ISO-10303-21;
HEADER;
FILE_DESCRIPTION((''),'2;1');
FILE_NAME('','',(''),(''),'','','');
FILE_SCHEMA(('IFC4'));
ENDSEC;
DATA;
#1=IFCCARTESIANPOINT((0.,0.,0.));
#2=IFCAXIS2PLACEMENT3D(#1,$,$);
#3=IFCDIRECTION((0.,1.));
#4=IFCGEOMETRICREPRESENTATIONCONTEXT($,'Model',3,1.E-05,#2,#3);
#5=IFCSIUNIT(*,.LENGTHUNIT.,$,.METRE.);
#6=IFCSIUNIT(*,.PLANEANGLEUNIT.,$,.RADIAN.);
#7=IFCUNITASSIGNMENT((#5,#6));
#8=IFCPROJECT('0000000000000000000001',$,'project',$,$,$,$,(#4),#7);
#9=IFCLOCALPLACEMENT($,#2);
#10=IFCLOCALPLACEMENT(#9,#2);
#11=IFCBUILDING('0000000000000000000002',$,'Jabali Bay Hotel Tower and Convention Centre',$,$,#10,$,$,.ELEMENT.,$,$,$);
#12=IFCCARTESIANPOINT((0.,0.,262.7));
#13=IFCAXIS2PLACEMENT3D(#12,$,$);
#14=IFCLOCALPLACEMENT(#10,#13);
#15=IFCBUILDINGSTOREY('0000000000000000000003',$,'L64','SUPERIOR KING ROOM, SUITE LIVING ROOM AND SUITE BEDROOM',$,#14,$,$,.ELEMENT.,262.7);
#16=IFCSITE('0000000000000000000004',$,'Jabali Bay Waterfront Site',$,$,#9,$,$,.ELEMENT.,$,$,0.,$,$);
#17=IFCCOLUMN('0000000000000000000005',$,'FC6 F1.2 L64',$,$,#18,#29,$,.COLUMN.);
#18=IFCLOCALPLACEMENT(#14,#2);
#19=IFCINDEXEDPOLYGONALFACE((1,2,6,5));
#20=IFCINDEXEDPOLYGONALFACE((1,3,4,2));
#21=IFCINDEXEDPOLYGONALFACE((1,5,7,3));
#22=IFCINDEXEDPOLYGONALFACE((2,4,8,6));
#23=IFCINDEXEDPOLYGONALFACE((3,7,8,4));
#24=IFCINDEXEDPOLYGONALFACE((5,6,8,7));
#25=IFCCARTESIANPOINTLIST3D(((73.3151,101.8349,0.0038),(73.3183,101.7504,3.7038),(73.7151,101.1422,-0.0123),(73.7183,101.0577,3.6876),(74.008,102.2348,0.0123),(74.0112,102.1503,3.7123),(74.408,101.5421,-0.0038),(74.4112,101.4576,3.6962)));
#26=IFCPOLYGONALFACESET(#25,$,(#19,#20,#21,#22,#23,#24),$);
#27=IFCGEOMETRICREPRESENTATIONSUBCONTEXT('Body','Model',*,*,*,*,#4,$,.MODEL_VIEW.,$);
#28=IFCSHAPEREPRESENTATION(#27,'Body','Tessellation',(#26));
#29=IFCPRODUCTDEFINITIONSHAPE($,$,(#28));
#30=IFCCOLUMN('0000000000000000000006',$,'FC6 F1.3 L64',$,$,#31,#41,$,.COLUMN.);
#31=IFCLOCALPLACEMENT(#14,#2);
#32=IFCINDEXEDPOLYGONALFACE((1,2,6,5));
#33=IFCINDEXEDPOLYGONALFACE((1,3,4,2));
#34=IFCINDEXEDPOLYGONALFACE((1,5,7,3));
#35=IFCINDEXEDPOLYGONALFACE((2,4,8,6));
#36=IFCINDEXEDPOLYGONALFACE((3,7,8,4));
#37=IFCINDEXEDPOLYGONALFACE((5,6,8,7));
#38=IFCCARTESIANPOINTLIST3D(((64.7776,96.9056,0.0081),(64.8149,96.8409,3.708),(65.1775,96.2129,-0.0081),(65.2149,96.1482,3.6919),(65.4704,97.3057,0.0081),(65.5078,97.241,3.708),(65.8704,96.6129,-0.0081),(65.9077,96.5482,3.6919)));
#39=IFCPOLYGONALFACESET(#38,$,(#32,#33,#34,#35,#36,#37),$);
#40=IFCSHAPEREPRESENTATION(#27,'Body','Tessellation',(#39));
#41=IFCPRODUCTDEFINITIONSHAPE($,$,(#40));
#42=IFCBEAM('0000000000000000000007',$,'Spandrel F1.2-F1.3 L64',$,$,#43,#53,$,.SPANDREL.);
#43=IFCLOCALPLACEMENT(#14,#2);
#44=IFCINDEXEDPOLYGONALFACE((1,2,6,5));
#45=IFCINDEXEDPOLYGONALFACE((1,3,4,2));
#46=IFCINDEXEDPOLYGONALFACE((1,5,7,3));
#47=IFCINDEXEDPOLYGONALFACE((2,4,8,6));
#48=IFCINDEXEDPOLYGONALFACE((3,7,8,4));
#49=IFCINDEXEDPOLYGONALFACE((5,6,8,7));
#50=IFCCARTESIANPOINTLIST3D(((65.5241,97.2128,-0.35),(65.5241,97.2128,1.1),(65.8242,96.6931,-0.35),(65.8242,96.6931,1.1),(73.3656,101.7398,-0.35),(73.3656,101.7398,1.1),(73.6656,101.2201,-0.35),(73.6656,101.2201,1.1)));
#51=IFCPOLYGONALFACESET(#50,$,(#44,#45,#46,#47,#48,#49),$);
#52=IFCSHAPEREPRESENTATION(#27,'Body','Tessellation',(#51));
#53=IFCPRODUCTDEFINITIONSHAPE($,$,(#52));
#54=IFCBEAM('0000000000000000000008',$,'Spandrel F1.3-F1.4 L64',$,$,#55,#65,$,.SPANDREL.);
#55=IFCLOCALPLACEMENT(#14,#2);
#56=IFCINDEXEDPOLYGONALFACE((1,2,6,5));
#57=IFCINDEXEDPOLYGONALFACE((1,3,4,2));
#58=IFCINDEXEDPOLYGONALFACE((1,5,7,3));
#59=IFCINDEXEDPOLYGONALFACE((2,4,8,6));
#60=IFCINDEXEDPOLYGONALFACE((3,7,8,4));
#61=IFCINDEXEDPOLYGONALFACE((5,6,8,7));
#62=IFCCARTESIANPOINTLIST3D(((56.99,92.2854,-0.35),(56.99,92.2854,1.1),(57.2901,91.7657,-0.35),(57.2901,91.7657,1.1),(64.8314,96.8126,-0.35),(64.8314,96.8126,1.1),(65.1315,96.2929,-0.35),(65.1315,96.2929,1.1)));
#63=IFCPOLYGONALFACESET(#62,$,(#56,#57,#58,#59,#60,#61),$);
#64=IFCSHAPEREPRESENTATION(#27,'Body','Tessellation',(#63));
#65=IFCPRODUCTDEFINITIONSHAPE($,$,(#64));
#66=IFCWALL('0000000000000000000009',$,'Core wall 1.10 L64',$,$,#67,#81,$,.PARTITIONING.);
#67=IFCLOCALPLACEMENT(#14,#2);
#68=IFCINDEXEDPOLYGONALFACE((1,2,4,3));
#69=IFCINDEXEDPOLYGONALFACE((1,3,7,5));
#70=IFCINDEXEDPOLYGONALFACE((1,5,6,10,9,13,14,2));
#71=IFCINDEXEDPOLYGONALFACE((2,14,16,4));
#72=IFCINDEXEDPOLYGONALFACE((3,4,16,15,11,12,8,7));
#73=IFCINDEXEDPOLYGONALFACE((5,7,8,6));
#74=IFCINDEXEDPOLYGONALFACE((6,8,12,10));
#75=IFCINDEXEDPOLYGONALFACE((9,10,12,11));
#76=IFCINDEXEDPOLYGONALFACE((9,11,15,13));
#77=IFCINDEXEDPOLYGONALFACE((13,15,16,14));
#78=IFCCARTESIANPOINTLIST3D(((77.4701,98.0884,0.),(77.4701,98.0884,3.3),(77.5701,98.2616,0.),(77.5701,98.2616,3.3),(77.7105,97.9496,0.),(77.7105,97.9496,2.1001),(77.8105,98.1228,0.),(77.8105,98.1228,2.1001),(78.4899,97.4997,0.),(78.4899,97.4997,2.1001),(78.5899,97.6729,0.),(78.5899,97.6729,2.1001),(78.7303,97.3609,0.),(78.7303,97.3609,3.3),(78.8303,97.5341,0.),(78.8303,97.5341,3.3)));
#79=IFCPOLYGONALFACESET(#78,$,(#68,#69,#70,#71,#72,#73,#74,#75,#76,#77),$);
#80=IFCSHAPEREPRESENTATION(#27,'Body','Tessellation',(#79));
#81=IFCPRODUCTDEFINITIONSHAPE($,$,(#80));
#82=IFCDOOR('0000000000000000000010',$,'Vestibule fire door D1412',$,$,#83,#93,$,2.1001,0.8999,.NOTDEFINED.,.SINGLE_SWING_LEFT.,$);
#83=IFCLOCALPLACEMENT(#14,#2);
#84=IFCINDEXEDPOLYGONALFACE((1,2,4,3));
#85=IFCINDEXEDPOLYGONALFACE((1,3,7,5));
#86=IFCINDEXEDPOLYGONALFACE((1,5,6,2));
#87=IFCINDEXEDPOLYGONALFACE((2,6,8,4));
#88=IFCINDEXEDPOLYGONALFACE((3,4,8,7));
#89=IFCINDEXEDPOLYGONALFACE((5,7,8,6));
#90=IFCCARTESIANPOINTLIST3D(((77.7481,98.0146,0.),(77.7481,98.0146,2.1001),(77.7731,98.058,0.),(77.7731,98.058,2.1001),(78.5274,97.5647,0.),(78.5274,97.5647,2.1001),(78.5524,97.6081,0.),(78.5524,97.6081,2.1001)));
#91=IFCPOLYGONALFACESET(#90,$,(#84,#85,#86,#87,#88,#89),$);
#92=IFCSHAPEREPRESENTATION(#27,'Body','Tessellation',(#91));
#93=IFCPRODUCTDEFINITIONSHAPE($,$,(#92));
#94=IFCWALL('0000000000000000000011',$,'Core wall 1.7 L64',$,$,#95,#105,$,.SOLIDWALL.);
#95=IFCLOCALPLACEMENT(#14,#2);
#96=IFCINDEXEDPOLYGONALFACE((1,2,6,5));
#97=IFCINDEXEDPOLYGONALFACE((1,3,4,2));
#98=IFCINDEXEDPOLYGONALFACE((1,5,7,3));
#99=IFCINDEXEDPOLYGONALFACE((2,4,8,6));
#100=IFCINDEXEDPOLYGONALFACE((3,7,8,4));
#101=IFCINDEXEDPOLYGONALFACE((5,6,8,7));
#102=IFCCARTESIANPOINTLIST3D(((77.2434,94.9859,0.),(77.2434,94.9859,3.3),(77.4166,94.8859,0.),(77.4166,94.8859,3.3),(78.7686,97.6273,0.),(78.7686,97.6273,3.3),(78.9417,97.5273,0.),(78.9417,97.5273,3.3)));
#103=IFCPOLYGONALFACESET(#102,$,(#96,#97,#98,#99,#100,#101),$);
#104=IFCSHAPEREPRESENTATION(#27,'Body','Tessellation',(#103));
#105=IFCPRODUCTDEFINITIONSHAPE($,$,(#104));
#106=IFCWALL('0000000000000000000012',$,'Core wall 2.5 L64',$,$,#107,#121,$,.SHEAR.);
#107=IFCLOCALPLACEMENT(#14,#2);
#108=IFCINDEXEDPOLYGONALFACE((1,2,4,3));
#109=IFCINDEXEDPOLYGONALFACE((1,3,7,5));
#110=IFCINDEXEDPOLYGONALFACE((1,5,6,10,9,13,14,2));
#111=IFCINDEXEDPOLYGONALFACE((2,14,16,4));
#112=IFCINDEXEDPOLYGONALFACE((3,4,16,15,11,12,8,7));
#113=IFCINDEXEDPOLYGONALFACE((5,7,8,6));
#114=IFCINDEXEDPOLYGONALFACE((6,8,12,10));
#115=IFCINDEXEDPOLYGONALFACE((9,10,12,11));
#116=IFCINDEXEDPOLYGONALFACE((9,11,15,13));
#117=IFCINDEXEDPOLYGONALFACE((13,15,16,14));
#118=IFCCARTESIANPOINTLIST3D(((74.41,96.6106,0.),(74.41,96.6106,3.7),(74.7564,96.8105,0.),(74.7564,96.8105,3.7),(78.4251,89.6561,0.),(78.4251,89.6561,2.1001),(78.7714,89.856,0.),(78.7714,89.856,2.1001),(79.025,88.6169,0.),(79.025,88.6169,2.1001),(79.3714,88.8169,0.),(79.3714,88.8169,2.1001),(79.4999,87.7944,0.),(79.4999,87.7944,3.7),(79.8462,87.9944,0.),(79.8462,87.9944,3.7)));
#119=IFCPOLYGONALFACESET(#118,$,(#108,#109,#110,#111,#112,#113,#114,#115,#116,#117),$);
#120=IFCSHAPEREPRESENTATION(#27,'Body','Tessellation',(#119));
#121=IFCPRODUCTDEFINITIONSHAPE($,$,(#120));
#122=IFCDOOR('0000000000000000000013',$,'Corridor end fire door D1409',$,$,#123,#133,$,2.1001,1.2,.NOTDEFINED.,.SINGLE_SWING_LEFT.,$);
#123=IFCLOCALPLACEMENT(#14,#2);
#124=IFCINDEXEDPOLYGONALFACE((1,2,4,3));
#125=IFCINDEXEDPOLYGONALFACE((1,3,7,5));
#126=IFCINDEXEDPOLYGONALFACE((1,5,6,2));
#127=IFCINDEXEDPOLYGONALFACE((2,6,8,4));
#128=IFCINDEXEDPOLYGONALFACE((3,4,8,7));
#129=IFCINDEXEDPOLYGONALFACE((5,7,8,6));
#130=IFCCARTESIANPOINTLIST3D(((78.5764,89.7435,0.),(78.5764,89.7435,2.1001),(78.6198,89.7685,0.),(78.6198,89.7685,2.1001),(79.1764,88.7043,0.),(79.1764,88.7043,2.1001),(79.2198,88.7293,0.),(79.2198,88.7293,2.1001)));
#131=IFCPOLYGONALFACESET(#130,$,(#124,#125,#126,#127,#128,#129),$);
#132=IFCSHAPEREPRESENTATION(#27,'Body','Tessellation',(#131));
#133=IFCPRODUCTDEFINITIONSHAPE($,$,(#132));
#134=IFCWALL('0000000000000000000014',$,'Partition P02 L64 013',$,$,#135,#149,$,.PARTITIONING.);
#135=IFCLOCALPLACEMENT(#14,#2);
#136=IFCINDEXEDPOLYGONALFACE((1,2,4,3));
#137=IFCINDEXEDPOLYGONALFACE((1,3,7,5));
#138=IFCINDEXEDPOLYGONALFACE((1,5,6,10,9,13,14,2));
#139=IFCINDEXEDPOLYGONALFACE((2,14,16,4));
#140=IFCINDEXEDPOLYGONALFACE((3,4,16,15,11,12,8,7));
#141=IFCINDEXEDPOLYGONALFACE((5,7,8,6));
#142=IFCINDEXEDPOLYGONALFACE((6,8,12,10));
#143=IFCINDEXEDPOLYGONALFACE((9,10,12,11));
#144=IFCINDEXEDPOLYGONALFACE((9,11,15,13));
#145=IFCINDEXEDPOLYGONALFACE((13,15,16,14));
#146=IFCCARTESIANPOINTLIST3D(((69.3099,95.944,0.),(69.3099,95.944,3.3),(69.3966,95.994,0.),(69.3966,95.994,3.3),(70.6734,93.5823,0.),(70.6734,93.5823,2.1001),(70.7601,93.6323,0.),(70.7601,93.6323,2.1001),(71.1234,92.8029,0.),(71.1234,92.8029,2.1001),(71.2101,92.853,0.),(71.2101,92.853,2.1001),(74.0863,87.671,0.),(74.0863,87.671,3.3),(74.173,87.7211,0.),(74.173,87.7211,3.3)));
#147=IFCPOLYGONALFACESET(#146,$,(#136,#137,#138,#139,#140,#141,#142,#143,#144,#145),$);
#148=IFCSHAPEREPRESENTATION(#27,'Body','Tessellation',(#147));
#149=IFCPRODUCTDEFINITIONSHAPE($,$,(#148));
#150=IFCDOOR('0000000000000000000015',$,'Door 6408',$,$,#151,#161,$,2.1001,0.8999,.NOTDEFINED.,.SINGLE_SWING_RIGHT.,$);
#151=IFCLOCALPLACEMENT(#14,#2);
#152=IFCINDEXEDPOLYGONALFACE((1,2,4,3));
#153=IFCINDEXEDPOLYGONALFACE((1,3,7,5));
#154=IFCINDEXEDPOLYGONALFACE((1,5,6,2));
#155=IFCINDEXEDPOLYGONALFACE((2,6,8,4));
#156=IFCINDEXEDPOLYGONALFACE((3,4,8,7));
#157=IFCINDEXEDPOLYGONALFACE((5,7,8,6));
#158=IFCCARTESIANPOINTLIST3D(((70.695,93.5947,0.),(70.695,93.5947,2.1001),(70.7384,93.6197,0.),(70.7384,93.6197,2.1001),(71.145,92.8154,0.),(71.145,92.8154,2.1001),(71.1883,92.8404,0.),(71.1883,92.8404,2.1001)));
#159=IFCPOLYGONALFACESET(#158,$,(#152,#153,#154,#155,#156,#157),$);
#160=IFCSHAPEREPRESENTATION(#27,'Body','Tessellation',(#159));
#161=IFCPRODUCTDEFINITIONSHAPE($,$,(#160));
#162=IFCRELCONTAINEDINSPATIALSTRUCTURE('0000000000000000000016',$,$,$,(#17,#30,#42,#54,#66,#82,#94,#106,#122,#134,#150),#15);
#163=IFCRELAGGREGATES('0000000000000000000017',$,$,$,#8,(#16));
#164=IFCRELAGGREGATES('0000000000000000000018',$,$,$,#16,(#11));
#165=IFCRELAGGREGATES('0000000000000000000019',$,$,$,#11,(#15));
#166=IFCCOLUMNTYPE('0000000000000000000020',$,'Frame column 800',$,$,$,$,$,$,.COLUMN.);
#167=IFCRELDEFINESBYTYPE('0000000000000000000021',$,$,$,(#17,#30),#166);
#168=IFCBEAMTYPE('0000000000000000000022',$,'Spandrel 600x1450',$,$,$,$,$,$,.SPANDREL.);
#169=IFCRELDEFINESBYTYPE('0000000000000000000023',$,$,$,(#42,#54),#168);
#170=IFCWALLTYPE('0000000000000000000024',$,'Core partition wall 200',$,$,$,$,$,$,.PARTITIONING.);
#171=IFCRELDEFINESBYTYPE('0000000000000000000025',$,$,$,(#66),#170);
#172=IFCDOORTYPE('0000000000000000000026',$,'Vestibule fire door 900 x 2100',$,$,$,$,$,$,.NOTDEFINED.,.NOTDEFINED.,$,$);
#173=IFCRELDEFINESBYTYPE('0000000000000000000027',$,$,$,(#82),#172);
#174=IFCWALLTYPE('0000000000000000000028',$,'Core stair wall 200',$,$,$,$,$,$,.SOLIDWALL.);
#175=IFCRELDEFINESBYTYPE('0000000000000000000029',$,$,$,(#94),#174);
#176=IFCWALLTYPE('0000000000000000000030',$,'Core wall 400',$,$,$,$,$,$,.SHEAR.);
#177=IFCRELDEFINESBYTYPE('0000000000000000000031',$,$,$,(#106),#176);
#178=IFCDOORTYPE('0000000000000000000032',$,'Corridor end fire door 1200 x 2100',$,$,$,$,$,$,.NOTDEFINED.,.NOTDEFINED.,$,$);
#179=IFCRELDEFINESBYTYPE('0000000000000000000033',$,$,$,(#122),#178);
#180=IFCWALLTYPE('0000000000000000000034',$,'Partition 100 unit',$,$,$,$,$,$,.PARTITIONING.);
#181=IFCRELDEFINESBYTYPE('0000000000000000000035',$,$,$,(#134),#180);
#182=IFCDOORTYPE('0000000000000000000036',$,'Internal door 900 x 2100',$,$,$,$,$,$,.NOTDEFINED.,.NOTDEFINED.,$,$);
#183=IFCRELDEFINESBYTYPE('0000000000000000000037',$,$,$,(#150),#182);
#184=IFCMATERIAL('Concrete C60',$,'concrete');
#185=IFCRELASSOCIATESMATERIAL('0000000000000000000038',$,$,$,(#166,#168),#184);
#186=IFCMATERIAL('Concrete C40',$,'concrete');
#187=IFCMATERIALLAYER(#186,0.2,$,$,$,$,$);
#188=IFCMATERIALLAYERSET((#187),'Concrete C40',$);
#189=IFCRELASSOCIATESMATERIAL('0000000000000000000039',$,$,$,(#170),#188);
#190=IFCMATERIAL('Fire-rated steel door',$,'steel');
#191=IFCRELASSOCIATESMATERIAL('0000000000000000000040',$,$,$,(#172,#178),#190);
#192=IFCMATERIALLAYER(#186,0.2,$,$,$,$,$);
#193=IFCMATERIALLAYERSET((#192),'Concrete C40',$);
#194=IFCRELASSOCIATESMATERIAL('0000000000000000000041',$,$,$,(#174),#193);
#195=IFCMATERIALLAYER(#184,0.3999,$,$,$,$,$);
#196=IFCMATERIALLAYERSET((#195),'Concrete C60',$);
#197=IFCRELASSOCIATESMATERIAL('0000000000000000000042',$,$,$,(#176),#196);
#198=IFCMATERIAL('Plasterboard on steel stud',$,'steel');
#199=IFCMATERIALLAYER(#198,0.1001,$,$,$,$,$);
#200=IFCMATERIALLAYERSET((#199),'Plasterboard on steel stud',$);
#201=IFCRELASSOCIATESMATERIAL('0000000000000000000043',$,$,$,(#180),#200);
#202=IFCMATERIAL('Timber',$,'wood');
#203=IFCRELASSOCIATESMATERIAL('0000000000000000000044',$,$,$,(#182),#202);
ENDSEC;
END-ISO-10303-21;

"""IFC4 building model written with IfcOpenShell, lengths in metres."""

from ifc_helpers import new_model, si_unit, direction, frame, frame_2d, origin, origin_2d, place, context, subcontext, project, spatial, rectangle, extrude, material, layer, layer_set, material_profile, profile_set, type_object, element, fill, save


model = new_model("IFC4")

# Units and contexts
model_context = context("Model", 3, precision=1e-05, world=origin(), true_north=direction((0.0, 1.0)))
body_context = subcontext(model_context, "Body", "Model", "MODEL_VIEW")
ifc_project = project(units=[si_unit("LENGTHUNIT", "METRE"), si_unit("PLANEANGLEUNIT", "RADIAN")], contexts=[model_context])

# Site, building, storey
site_placement = place(None, origin())
site = spatial("IfcSite", under=ifc_project, at=site_placement, Name="Jabali Bay Waterfront Site", CompositionType="ELEMENT", RefElevation=0.0)
building_placement = place(site_placement, origin())
building = spatial("IfcBuilding", under=site, at=building_placement, Name="Jabali Bay Hotel Tower and Convention Centre", CompositionType="ELEMENT")
storey_placement = place(building_placement, frame((0.0, 0.0, 262.7)))
storey = spatial("IfcBuildingStorey", under=building, at=storey_placement, Name="L64", Description="SUPERIOR KING ROOM, SUITE LIVING ROOM AND SUITE BEDROOM", CompositionType="ELEMENT", Elevation=262.7)

# Columns
ifc_material_1 = material(Name="Concrete C60", Category="concrete")
ifc_material_profile_1 = material_profile(ifc_material_1, rectangle(XDim=0.8, YDim=0.8, at=origin_2d()), Name="Frame column 800")
ifc_profile_set_1 = profile_set([ifc_material_profile_1], Name="Concrete C60")
column_type = type_object("IfcColumnType", Name="Frame column 800", PredefinedType="COLUMN", material=ifc_profile_set_1)
column_1_placement = place(storey_placement, frame((73.8616, 101.6885, 0.0), z_axis=(0.000858, -0.022825, 0.999739), x_axis=(0.86606, 0.499825, 0.010668)))
element("IfcColumn", 1, at=column_1_placement, inside=storey, type_object=column_type, Name="FC6 F1.2 L64", PredefinedType="COLUMN", context=body_context, shape_type="SweptSolid", body=[
    extrude(rectangle(XDim=0.8, YDim=0.8, at=origin_2d()), origin(), (0.0, 0.0, 1.0), 3.7009),
])
column_2_placement = place(storey_placement, frame((65.324, 96.7593, 0.0), z_axis=(0.010094, -0.017482, 0.999796), x_axis=(-0.499897, 0.86585, 0.020187)))
element("IfcColumn", 2, at=column_2_placement, inside=storey, type_object=column_type, Name="FC6 F1.3 L64", PredefinedType="COLUMN", context=body_context, shape_type="SweptSolid", body=[
    extrude(rectangle(XDim=0.8, YDim=0.8, at=origin_2d()), origin(), (0.0, 0.0, 1.0), 3.7007),
])

# Beams
ifc_material_profile_2 = material_profile(ifc_material_1, rectangle(XDim=0.6001, YDim=1.45, at=origin_2d()), Name="Spandrel 600x1450")
ifc_profile_set_2 = profile_set([ifc_material_profile_2], Name="Concrete C60")
beam_type = type_object("IfcBeamType", Name="Spandrel 600x1450", PredefinedType="SPANDREL", material=ifc_profile_set_2)
for number, where, z_axis, x_axis, name in (
    (3, (73.5156, 101.48, 0.375), (-0.866036, -0.499982, 0.0), (0.499982, -0.866036, 0.0), "Spandrel F1.2-F1.3 L64"),
    (4, (64.9814, 96.5527, 0.375), (-0.866029, -0.499993, 0.0), (0.499993, -0.866029, 0.0), "Spandrel F1.3-F1.4 L64"),
):
    element("IfcBeam", number, at=place(storey_placement, frame(where, z_axis=z_axis, x_axis=x_axis)), inside=storey, type_object=beam_type, Name=name, PredefinedType="SPANDREL", context=body_context, shape_type="SweptSolid", body=[
        extrude(rectangle(XDim=0.6001, YDim=1.45, at=origin_2d()), origin(), (0.0, 0.0, 1.0), 9.0544),
    ])

# Wall, opening, door
ifc_material_2 = material(Name="Concrete C40", Category="concrete")
ifc_layer_1 = layer(ifc_material_2, 0.2)
ifc_layer_set_1 = layer_set([ifc_layer_1], Name="Concrete C40")
wall_type_1 = type_object("IfcWallType", Name="Core partition wall 200", PredefinedType="PARTITIONING", material=ifc_layer_set_1)
wall_1_placement = place(storey_placement, frame((78.7803, 97.4475, 0.0), z_axis=(0.0, 0.0, 1.0), x_axis=(-0.866046, 0.499965, 0.0)))
wall_1 = element("IfcWall", 5, at=wall_1_placement, inside=storey, type_object=wall_type_1, Name="Core wall 1.10 L64", PredefinedType="PARTITIONING", context=body_context, shape_type="SweptSolid", body=[
    extrude(rectangle(XDim=1.4551, YDim=0.2, at=frame_2d((0.7275, 0.0))), origin(), (0.0, 0.0, 1.0), 3.3),
])
opening_1_placement = place(wall_1_placement, frame((0.2776, 0.0, 0.0)))
opening_1 = element("IfcOpeningElement", 6, at=opening_1_placement, cuts=wall_1, PredefinedType="OPENING", context=body_context, shape_type="SweptSolid", body=[
    extrude(rectangle(XDim=0.8999, YDim=2.1001, at=frame_2d((0.45, 1.05))), frame((0.0, 0.1104, 0.0), z_axis=(0.0, -1.0, 0.0), x_axis=(1.0, 0.0, 0.0)), (0.0, 0.0, 1.0), 0.2209),
])
ifc_material_3 = material(Name="Fire-rated steel door", Category="steel")
door_type_1 = type_object("IfcDoorType", Name="Vestibule fire door 900 x 2100", OperationType="NOTDEFINED", PredefinedType="NOTDEFINED", material=ifc_material_3)
door_1_placement = place(opening_1_placement, origin())
door_1 = element("IfcDoor", 7, at=door_1_placement, inside=storey, type_object=door_type_1, Name="Vestibule fire door D1412", OperationType="SINGLE_SWING_LEFT", OverallHeight=2.1001, OverallWidth=0.8999, PredefinedType="NOTDEFINED", context=body_context, shape_type="SweptSolid", body=[
    extrude(rectangle(XDim=0.8999, YDim=2.1001, at=frame_2d((0.45, 1.05))), frame((0.0, 0.0249, 0.0), z_axis=(0.0, -1.0, 0.0), x_axis=(1.0, 0.0, 0.0)), (0.0, 0.0, 1.0), 0.05),
])
fill(opening_1, door_1)

# Wall
ifc_layer_2 = layer(ifc_material_2, 0.2)
ifc_layer_set_2 = layer_set([ifc_layer_2], Name="Concrete C40")
wall_type_2 = type_object("IfcWallType", Name="Core stair wall 200", PredefinedType="SOLIDWALL", material=ifc_layer_set_2)
wall_2_placement = place(storey_placement, frame((77.3301, 94.936, 0.0), z_axis=(0.0, 0.0, 1.0), x_axis=(0.500039, 0.866003, 0.0)))
element("IfcWall", 8, at=wall_2_placement, inside=storey, type_object=wall_type_2, Name="Core wall 1.7 L64", PredefinedType="SOLIDWALL", context=body_context, shape_type="SweptSolid", body=[
    extrude(rectangle(XDim=3.05, YDim=0.2, at=frame_2d((1.5249, 0.0))), origin(), (0.0, 0.0, 1.0), 3.3),
])

# Walls, openings, doors
ifc_layer_3 = layer(ifc_material_1, 0.3999)
ifc_layer_set_3 = layer_set([ifc_layer_3], Name="Concrete C60")
wall_type_3 = type_object("IfcWallType", Name="Core wall 400", PredefinedType="SHEAR", material=ifc_layer_set_3)
wall_3_placement = place(storey_placement, frame((74.5833, 96.7104, 0.0), z_axis=(0.0, 0.0, 1.0), x_axis=(0.499987, -0.866033, 0.0)))
wall_3 = element("IfcWall", 9, at=wall_3_placement, inside=storey, type_object=wall_type_3, Name="Core wall 2.5 L64", PredefinedType="SHEAR", context=body_context, shape_type="SweptSolid", body=[
    extrude(rectangle(XDim=10.1799, YDim=0.3999, at=frame_2d((5.0898, 0.0))), origin(), (0.0, 0.0, 1.0), 3.7),
])
opening_2_placement = place(wall_3_placement, frame((8.03, 0.0, 0.0)))
opening_2 = element("IfcOpeningElement", 10, at=opening_2_placement, cuts=wall_3, PredefinedType="OPENING", context=body_context, shape_type="SweptSolid", body=[
    extrude(rectangle(XDim=1.2, YDim=2.1001, at=frame_2d((0.6001, 1.05))), frame((0.0, 0.2104, 0.0), z_axis=(0.0, -1.0, 0.0), x_axis=(1.0, 0.0, 0.0)), (0.0, 0.0, 1.0), 0.4209),
])
door_type_2 = type_object("IfcDoorType", Name="Corridor end fire door 1200 x 2100", OperationType="NOTDEFINED", PredefinedType="NOTDEFINED", material=ifc_material_3)
door_2_placement = place(opening_2_placement, origin())
door_2 = element("IfcDoor", 11, at=door_2_placement, inside=storey, type_object=door_type_2, Name="Corridor end fire door D1409", OperationType="SINGLE_SWING_LEFT", OverallHeight=2.1001, OverallWidth=1.2, PredefinedType="NOTDEFINED", context=body_context, shape_type="SweptSolid", body=[
    extrude(rectangle(XDim=1.2, YDim=2.1001, at=frame_2d((0.6001, 1.05))), frame((0.0, 0.0249, 0.0), z_axis=(0.0, -1.0, 0.0), x_axis=(1.0, 0.0, 0.0)), (0.0, 0.0, 1.0), 0.05),
])
fill(opening_2, door_2)
ifc_material_4 = material(Name="Plasterboard on steel stud", Category="steel")
ifc_layer_4 = layer(ifc_material_4, 0.1001)
ifc_layer_set_4 = layer_set([ifc_layer_4], Name="Plasterboard on steel stud")
wall_type_4 = type_object("IfcWallType", Name="Partition 100 unit", PredefinedType="PARTITIONING", material=ifc_layer_set_4)
wall_4_placement = place(storey_placement, frame((69.3533, 95.969, 0.0), z_axis=(0.0, 0.0, 1.0), x_axis=(0.499998, -0.866026, 0.0)))
wall_4 = element("IfcWall", 12, at=wall_4_placement, inside=storey, type_object=wall_type_4, Name="Partition P02 L64 013", PredefinedType="PARTITIONING", context=body_context, shape_type="SweptSolid", body=[
    extrude(rectangle(XDim=9.5527, YDim=0.1001, at=frame_2d((4.7764, 0.0))), origin(), (0.0, 0.0, 1.0), 3.3),
])
opening_3_placement = place(wall_4_placement, frame((2.7271, 0.0, 0.0)))
opening_3 = element("IfcOpeningElement", 13, at=opening_3_placement, cuts=wall_4, PredefinedType="OPENING", context=body_context, shape_type="SweptSolid", body=[
    extrude(rectangle(XDim=0.8999, YDim=2.1001, at=frame_2d((0.45, 1.05))), frame((0.0, 0.0605, 0.0), z_axis=(0.0, -1.0, 0.0), x_axis=(1.0, 0.0, 0.0)), (0.0, 0.0, 1.0), 0.1211),
])
ifc_material_5 = material(Name="Timber", Category="wood")
door_type_3 = type_object("IfcDoorType", Name="Internal door 900 x 2100", OperationType="NOTDEFINED", PredefinedType="NOTDEFINED", material=ifc_material_5)
door_3_placement = place(opening_3_placement, origin())
door_3 = element("IfcDoor", 14, at=door_3_placement, inside=storey, type_object=door_type_3, Name="Door 6408", OperationType="SINGLE_SWING_RIGHT", OverallHeight=2.1001, OverallWidth=0.8999, PredefinedType="NOTDEFINED", context=body_context, shape_type="SweptSolid", body=[
    extrude(rectangle(XDim=0.8999, YDim=2.1001, at=frame_2d((0.45, 1.05))), frame((0.0, 0.0249, 0.0), z_axis=(0.0, -1.0, 0.0), x_axis=(1.0, 0.0, 0.0)), (0.0, 0.0, 1.0), 0.05),
])
fill(opening_3, door_3)

save(model, "model.ifc")
